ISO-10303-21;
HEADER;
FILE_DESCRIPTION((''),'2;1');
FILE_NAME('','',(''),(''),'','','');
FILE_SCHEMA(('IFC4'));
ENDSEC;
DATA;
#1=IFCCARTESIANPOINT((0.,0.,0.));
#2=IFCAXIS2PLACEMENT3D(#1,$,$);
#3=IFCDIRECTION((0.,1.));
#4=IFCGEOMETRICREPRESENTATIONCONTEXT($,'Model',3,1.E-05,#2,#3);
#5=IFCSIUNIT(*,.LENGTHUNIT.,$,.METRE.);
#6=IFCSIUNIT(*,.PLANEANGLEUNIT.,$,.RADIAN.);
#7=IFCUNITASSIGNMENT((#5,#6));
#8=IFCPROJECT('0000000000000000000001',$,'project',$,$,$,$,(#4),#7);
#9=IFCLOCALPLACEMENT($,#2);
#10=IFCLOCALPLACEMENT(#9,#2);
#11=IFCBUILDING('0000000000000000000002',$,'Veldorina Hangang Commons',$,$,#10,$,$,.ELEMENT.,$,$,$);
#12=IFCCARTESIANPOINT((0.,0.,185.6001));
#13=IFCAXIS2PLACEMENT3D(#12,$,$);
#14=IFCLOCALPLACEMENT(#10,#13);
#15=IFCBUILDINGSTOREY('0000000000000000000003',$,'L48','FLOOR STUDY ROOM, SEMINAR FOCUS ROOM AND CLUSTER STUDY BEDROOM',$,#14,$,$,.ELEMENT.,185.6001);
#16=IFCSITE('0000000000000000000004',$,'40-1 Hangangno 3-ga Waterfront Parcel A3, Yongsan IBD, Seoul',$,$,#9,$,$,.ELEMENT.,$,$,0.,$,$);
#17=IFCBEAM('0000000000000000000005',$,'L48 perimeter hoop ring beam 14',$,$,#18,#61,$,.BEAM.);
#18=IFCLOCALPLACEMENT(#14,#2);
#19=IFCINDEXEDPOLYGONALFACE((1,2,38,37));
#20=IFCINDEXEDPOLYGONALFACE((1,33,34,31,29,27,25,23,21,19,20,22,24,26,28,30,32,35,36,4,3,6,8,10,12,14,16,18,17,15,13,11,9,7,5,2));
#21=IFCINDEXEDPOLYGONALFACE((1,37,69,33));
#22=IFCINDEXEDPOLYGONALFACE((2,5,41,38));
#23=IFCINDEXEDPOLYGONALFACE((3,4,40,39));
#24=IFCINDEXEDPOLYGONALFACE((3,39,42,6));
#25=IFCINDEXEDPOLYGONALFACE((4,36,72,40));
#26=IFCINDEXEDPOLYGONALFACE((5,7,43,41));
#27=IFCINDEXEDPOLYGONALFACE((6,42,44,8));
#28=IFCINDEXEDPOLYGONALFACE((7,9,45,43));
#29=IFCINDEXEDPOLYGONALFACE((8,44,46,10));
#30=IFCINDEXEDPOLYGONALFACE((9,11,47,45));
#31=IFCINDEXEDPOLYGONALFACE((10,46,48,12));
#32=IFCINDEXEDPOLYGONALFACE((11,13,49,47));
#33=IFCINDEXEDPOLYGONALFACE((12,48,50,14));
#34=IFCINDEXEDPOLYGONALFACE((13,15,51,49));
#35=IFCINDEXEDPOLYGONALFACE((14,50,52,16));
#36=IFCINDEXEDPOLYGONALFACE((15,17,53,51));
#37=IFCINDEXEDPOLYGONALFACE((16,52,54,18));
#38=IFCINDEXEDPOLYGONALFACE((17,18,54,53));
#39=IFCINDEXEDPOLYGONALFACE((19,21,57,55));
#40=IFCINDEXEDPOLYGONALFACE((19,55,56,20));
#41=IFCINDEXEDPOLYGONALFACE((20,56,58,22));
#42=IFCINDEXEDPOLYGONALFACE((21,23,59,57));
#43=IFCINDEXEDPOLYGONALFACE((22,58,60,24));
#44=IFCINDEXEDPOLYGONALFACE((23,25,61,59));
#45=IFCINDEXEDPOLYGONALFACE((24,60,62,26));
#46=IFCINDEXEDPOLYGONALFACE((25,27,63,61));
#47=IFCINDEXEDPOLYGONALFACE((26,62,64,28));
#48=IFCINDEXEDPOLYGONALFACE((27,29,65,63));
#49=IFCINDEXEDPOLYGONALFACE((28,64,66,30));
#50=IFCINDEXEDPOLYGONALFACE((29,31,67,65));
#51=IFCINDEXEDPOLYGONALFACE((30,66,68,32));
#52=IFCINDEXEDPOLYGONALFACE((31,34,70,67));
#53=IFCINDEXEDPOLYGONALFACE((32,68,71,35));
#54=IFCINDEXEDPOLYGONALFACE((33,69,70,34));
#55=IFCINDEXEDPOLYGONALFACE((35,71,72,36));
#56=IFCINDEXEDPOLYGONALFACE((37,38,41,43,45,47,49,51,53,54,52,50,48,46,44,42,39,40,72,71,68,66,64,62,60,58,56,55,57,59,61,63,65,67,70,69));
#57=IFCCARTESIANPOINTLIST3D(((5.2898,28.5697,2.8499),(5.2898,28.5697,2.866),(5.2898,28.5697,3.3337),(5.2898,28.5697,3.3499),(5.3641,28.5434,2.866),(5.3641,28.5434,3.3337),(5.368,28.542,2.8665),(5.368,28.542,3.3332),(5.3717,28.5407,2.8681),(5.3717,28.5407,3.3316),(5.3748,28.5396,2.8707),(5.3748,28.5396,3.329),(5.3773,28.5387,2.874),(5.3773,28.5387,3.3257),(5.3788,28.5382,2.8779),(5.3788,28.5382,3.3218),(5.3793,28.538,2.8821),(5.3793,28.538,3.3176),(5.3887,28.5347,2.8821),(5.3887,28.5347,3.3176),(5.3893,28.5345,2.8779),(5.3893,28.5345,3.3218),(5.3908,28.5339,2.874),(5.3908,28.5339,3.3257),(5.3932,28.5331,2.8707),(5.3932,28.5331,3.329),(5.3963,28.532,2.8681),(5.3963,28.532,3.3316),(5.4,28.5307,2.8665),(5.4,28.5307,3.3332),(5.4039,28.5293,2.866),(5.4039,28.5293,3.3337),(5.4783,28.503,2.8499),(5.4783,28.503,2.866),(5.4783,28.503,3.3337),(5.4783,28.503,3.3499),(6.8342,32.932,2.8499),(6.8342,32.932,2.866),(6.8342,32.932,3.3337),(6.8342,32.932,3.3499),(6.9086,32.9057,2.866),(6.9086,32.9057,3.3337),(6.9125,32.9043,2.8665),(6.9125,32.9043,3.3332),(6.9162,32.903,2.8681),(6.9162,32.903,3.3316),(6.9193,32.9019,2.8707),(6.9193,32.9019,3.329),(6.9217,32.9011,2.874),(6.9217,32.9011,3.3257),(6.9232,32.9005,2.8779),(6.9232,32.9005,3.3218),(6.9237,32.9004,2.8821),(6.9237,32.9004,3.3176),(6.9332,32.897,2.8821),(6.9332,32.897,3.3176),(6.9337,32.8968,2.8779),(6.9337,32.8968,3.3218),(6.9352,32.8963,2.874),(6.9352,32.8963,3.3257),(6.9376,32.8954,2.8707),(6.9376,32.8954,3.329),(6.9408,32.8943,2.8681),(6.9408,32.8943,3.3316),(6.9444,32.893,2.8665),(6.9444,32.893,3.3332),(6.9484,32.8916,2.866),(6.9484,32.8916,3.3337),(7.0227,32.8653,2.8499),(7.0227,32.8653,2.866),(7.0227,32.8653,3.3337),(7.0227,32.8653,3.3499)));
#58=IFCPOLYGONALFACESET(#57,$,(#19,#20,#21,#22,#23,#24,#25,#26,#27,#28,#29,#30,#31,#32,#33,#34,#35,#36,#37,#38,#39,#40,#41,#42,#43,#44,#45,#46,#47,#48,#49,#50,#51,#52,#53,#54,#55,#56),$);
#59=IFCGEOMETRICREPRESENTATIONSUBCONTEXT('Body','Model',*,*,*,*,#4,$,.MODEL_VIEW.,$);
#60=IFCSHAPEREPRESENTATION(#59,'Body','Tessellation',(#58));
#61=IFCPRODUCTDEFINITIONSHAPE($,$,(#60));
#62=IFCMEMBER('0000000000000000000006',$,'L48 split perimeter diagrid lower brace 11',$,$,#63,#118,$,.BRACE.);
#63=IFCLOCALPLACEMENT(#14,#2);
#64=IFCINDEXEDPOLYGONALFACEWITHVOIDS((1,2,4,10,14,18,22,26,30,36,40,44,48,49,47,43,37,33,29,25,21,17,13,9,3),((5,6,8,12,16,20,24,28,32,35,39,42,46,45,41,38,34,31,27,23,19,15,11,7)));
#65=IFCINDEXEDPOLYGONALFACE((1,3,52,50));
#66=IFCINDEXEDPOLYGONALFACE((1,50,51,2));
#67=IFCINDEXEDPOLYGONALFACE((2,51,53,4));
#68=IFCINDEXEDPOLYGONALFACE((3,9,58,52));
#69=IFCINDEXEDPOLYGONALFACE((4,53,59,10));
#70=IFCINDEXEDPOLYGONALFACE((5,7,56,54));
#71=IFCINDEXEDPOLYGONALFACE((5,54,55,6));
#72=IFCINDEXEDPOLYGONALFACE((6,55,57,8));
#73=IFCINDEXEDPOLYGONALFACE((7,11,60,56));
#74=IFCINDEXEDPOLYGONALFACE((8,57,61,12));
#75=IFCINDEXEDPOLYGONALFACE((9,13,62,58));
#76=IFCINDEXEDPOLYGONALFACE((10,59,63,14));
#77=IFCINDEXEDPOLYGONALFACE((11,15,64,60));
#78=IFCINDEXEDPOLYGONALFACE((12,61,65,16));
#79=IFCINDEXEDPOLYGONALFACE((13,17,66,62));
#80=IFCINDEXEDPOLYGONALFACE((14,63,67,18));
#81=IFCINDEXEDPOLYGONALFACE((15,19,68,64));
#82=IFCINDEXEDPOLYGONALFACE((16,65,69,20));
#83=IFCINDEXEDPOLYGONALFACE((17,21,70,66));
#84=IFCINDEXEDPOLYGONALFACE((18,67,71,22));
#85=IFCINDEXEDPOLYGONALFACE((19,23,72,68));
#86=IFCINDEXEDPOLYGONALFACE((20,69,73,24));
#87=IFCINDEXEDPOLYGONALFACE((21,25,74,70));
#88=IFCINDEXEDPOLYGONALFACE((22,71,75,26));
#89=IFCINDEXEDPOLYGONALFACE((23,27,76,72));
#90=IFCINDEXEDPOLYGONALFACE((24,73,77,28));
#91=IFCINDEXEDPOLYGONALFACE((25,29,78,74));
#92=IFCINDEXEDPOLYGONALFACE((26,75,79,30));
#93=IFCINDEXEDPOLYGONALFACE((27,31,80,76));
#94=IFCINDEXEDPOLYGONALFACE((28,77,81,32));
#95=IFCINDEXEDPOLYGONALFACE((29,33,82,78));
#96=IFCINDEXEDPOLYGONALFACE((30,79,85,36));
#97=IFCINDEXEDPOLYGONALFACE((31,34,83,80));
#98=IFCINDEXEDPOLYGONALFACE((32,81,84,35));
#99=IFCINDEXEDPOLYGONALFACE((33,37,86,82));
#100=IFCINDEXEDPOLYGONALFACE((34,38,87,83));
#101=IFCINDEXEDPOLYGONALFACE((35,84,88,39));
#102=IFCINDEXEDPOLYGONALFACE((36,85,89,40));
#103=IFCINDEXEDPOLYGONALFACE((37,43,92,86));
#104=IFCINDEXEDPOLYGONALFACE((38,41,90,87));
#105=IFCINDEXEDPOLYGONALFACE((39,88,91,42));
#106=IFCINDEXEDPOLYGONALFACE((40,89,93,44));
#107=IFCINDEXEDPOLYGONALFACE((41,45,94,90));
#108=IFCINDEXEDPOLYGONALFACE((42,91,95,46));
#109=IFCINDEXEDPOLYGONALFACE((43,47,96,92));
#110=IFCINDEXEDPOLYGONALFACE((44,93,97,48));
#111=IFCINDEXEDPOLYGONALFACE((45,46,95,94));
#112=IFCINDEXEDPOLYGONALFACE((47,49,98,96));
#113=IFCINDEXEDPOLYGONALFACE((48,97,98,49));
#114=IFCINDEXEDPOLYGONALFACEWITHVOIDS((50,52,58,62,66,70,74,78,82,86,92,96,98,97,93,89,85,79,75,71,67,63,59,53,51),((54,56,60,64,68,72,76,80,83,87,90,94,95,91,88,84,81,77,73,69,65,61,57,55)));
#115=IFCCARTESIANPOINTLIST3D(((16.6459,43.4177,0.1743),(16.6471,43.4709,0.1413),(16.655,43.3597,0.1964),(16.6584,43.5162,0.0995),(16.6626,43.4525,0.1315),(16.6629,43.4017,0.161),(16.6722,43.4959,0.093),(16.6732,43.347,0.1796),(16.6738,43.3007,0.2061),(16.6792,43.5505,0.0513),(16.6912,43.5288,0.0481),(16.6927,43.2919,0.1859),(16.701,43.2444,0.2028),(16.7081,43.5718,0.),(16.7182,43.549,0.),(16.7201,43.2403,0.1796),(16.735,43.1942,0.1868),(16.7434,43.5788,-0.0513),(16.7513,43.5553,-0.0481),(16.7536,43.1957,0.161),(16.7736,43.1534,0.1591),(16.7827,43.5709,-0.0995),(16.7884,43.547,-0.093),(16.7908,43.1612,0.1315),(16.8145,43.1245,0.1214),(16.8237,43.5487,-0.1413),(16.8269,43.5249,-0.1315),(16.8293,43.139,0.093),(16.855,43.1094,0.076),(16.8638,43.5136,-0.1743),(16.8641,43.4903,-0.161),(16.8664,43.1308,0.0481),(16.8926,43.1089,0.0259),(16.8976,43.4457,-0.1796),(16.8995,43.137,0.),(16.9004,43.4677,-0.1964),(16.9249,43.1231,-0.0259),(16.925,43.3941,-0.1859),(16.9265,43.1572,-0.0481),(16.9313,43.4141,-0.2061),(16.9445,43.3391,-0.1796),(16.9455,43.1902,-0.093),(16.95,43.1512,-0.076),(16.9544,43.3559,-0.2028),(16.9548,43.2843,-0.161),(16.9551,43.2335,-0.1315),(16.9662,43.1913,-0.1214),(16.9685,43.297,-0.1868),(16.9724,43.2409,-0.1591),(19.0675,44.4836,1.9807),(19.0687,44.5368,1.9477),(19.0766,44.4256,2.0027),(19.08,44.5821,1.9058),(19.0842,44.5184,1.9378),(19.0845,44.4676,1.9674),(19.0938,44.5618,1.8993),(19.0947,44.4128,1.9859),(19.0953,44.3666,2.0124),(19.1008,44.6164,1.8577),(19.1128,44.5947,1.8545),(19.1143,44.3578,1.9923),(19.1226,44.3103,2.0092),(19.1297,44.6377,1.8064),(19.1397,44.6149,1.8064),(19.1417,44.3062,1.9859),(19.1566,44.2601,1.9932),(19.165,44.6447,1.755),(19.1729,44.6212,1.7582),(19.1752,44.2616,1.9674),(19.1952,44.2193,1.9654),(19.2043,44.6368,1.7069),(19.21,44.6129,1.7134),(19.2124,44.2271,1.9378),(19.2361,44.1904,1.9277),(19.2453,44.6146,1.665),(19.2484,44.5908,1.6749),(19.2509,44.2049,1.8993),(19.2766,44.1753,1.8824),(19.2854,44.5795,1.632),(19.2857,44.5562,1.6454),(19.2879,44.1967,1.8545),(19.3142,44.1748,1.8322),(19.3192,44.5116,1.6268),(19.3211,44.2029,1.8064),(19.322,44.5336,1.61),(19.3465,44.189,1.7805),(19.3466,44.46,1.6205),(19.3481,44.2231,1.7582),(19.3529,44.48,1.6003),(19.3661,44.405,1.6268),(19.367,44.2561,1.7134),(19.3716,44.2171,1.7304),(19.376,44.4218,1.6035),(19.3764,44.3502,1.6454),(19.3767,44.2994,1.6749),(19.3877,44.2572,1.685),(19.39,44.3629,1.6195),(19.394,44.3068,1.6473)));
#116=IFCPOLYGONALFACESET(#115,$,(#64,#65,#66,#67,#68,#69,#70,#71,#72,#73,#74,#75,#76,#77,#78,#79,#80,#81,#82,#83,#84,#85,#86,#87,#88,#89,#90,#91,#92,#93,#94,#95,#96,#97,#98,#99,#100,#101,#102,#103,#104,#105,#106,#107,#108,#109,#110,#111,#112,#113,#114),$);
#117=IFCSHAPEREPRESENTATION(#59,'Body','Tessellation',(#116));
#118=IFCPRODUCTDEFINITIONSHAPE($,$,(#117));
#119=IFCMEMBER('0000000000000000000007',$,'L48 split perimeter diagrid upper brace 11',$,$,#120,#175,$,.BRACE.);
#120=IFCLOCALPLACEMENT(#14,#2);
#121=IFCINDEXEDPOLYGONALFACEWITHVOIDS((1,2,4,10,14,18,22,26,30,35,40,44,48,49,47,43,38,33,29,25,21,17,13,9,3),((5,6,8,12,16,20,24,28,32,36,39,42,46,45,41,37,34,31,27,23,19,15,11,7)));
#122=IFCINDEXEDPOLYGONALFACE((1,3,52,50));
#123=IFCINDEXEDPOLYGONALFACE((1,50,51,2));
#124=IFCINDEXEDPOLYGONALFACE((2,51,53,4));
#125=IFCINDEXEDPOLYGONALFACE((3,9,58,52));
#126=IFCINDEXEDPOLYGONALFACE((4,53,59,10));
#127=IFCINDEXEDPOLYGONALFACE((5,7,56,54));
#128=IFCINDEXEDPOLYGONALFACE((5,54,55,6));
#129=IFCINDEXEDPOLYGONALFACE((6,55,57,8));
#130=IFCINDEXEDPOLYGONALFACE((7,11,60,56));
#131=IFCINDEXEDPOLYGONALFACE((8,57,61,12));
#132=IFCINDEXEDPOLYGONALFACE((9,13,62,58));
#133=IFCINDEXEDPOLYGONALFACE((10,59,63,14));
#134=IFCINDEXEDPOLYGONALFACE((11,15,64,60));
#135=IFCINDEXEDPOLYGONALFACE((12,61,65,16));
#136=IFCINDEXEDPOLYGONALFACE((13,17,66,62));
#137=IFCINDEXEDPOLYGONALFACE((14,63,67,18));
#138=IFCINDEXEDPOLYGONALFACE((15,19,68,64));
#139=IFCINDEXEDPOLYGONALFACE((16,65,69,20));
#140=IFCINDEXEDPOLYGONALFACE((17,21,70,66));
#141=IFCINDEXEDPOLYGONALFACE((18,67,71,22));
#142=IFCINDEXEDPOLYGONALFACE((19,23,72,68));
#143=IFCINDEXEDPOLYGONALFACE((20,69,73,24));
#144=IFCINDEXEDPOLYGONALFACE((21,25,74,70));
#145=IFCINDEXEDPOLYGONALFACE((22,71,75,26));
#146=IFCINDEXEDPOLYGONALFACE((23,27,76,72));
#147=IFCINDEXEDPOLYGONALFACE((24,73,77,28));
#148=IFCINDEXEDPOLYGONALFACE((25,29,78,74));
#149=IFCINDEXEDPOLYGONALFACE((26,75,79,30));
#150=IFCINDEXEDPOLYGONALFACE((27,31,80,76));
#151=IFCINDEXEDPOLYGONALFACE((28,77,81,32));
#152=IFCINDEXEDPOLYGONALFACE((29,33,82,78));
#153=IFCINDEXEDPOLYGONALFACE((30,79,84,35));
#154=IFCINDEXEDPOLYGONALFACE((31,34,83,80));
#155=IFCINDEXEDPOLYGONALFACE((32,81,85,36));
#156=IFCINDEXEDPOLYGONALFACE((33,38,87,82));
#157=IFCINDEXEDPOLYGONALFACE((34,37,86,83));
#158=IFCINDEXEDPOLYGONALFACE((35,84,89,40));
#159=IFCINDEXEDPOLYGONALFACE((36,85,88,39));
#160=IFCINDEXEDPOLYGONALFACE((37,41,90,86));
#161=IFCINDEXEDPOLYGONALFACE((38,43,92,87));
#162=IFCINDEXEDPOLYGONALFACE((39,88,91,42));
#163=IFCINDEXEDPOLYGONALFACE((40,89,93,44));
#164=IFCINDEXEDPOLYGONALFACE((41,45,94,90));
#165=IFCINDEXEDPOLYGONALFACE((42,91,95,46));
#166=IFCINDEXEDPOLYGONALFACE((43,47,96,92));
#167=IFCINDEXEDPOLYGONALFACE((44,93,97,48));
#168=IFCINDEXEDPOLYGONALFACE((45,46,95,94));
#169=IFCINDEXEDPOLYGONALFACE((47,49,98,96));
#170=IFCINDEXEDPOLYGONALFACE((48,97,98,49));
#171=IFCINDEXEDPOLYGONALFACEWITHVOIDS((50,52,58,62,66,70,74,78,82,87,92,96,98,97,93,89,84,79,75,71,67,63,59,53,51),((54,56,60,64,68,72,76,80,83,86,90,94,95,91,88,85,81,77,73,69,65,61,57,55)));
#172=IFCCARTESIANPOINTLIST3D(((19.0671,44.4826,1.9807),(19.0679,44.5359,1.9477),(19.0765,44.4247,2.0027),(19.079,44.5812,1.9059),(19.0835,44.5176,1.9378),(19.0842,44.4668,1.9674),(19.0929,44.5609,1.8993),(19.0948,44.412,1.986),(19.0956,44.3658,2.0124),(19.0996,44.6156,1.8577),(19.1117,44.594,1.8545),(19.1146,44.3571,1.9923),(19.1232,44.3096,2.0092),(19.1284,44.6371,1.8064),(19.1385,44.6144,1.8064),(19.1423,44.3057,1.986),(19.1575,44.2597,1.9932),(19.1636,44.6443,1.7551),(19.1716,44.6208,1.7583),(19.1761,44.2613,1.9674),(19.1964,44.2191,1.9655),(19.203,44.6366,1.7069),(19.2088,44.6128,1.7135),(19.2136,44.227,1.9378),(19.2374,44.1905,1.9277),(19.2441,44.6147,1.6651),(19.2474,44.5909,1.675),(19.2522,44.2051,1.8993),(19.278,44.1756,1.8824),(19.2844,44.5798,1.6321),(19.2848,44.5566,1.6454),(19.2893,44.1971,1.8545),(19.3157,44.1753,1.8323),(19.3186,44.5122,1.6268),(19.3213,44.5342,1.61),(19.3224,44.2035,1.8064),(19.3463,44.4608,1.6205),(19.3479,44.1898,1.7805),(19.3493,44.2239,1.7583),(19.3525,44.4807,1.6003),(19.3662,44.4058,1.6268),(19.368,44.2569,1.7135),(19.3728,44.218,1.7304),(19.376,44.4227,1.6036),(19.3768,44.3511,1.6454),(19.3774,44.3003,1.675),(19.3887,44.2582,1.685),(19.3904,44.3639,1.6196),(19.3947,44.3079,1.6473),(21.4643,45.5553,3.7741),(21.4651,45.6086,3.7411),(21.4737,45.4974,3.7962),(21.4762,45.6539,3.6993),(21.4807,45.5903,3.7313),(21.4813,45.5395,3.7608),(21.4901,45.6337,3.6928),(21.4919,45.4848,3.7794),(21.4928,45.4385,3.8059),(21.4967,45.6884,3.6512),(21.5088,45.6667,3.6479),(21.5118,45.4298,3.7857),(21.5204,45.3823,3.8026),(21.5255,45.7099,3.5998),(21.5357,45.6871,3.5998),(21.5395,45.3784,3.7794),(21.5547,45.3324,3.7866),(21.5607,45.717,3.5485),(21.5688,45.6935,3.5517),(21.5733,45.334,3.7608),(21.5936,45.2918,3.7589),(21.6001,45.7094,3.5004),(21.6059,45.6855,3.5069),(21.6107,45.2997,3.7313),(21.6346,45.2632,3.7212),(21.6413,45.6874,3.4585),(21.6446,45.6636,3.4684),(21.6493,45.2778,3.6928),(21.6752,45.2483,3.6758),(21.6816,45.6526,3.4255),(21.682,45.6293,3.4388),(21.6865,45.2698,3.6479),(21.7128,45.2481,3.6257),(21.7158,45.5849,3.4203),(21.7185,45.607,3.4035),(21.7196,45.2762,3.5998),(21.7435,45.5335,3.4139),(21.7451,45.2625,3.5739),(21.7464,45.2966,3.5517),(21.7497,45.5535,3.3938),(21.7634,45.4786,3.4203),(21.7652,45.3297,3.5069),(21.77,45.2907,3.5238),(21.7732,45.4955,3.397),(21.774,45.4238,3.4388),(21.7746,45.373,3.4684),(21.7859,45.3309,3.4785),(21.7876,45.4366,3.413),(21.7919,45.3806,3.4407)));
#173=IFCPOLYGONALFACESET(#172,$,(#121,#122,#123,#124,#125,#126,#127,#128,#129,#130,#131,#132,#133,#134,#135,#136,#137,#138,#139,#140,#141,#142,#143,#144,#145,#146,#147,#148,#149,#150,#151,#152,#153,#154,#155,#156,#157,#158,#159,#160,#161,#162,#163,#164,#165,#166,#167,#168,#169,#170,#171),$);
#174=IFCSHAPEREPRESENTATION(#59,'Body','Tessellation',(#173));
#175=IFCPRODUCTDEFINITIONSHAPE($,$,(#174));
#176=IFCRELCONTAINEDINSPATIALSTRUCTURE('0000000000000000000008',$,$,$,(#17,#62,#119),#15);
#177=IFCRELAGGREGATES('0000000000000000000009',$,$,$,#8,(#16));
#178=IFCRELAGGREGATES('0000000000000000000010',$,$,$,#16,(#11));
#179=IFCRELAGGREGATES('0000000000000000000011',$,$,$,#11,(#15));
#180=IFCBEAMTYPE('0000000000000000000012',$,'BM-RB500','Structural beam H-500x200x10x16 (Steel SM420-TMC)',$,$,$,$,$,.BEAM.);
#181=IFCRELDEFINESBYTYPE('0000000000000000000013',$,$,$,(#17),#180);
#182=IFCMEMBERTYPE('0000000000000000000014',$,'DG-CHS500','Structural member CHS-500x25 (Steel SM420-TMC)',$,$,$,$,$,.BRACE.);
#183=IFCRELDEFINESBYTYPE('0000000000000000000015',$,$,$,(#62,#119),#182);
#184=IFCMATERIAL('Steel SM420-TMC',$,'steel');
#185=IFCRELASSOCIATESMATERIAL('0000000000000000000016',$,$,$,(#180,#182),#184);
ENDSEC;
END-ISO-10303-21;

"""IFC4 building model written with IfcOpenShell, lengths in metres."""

from ifc_helpers import new_model, si_unit, direction, frame, origin, origin_2d, place, context, subcontext, project, spatial, hollow_circle, i_section, extrude, material, material_profile, profile_set, type_object, element, save


model = new_model("IFC4")

# Units and contexts
model_context = context("Model", 3, precision=1e-05, world=origin(), true_north=direction((0.0, 1.0)))
body_context = subcontext(model_context, "Body", "Model", "MODEL_VIEW")
ifc_project = project(units=[si_unit("LENGTHUNIT", "METRE"), si_unit("PLANEANGLEUNIT", "RADIAN")], contexts=[model_context])

# Site, building, storey
site_placement = place(None, origin())
site = spatial("IfcSite", under=ifc_project, at=site_placement, Name="40-1 Hangangno 3-ga Waterfront Parcel A3, Yongsan IBD, Seoul", CompositionType="ELEMENT", RefElevation=0.0)
building_placement = place(site_placement, origin())
building = spatial("IfcBuilding", under=site, at=building_placement, Name="Veldorina Hangang Commons", CompositionType="ELEMENT")
storey_placement = place(building_placement, frame((0.0, 0.0, 185.6001)))
storey = spatial("IfcBuildingStorey", under=building, at=storey_placement, Name="L48", Description="FLOOR STUDY ROOM, SEMINAR FOCUS ROOM AND CLUSTER STUDY BEDROOM", CompositionType="ELEMENT", Elevation=185.6001)

# Beam
ifc_material_1 = material(Name="Steel SM420-TMC", Category="steel")
ifc_material_profile_1 = material_profile(ifc_material_1, i_section(OverallWidth=0.2, OverallDepth=0.5, WebThickness=0.01, FlangeThickness=0.0161, FilletRadius=0.0161, at=origin_2d()), Name="H-500x200x10x16")
ifc_profile_set_1 = profile_set([ifc_material_profile_1], Name="Steel SM420-TMC")
beam_type_1 = type_object("IfcBeamType", Name="BM-RB500", Description="Structural beam H-500x200x10x16 (Steel SM420-TMC)", PredefinedType="BEAM", material=ifc_profile_set_1)
beam_1_placement = place(storey_placement, frame((6.9285, 32.8987, 3.0999), z_axis=(-0.333742, -0.942665, 0.0), x_axis=(0.942665, -0.333742, 0.0)))
element("IfcBeam", 1, at=beam_1_placement, inside=storey, type_object=beam_type_1, Name="L48 perimeter hoop ring beam 14", PredefinedType="BEAM", context=body_context, shape_type="SweptSolid", body=[
    extrude(i_section(OverallWidth=0.2, OverallDepth=0.5, WebThickness=0.01, FlangeThickness=0.0161, FilletRadius=0.0161, at=origin_2d()), origin(), (0.0, 0.0, 1.0), 4.6277),
])

# Members
ifc_material_profile_2 = material_profile(ifc_material_1, hollow_circle(Radius=0.25, WallThickness=0.0249, at=origin_2d()), Name="CHS-500x25")
ifc_profile_set_2 = profile_set([ifc_material_profile_2], Name="Steel SM420-TMC")
member_type = type_object("IfcMemberType", Name="DG-CHS500", Description="Structural member CHS-500x25 (Steel SM420-TMC)", PredefinedType="BRACE", material=ifc_profile_set_2)
member_1_placement = place(storey_placement, frame((16.8088, 43.343, 0.0), z_axis=(0.755891, 0.332717, 0.563851), x_axis=(-0.402865, 0.915259, 0.0)))
element("IfcMember", 2, at=member_1_placement, inside=storey, type_object=member_type, Name="L48 split perimeter diagrid lower brace 11", PredefinedType="BRACE", context=body_context, shape_type="SweptSolid", body=[
    extrude(hollow_circle(Radius=0.25, WallThickness=0.0249, at=origin_2d()), origin(), (0.0, 0.0, 1.0), 3.2036),
])
member_2_placement = place(storey_placement, frame((19.2305, 44.4089, 1.8064), z_axis=(0.753784, 0.337318, 0.563937), x_axis=(-0.408466, 0.912774, 0.0)))
element("IfcMember", 3, at=member_2_placement, inside=storey, type_object=member_type, Name="L48 split perimeter diagrid upper brace 11", PredefinedType="BRACE", context=body_context, shape_type="SweptSolid", body=[
    extrude(hollow_circle(Radius=0.25, WallThickness=0.0249, at=origin_2d()), origin(), (0.0, 0.0, 1.0), 3.1802),
])

save(model, "model.ifc")
